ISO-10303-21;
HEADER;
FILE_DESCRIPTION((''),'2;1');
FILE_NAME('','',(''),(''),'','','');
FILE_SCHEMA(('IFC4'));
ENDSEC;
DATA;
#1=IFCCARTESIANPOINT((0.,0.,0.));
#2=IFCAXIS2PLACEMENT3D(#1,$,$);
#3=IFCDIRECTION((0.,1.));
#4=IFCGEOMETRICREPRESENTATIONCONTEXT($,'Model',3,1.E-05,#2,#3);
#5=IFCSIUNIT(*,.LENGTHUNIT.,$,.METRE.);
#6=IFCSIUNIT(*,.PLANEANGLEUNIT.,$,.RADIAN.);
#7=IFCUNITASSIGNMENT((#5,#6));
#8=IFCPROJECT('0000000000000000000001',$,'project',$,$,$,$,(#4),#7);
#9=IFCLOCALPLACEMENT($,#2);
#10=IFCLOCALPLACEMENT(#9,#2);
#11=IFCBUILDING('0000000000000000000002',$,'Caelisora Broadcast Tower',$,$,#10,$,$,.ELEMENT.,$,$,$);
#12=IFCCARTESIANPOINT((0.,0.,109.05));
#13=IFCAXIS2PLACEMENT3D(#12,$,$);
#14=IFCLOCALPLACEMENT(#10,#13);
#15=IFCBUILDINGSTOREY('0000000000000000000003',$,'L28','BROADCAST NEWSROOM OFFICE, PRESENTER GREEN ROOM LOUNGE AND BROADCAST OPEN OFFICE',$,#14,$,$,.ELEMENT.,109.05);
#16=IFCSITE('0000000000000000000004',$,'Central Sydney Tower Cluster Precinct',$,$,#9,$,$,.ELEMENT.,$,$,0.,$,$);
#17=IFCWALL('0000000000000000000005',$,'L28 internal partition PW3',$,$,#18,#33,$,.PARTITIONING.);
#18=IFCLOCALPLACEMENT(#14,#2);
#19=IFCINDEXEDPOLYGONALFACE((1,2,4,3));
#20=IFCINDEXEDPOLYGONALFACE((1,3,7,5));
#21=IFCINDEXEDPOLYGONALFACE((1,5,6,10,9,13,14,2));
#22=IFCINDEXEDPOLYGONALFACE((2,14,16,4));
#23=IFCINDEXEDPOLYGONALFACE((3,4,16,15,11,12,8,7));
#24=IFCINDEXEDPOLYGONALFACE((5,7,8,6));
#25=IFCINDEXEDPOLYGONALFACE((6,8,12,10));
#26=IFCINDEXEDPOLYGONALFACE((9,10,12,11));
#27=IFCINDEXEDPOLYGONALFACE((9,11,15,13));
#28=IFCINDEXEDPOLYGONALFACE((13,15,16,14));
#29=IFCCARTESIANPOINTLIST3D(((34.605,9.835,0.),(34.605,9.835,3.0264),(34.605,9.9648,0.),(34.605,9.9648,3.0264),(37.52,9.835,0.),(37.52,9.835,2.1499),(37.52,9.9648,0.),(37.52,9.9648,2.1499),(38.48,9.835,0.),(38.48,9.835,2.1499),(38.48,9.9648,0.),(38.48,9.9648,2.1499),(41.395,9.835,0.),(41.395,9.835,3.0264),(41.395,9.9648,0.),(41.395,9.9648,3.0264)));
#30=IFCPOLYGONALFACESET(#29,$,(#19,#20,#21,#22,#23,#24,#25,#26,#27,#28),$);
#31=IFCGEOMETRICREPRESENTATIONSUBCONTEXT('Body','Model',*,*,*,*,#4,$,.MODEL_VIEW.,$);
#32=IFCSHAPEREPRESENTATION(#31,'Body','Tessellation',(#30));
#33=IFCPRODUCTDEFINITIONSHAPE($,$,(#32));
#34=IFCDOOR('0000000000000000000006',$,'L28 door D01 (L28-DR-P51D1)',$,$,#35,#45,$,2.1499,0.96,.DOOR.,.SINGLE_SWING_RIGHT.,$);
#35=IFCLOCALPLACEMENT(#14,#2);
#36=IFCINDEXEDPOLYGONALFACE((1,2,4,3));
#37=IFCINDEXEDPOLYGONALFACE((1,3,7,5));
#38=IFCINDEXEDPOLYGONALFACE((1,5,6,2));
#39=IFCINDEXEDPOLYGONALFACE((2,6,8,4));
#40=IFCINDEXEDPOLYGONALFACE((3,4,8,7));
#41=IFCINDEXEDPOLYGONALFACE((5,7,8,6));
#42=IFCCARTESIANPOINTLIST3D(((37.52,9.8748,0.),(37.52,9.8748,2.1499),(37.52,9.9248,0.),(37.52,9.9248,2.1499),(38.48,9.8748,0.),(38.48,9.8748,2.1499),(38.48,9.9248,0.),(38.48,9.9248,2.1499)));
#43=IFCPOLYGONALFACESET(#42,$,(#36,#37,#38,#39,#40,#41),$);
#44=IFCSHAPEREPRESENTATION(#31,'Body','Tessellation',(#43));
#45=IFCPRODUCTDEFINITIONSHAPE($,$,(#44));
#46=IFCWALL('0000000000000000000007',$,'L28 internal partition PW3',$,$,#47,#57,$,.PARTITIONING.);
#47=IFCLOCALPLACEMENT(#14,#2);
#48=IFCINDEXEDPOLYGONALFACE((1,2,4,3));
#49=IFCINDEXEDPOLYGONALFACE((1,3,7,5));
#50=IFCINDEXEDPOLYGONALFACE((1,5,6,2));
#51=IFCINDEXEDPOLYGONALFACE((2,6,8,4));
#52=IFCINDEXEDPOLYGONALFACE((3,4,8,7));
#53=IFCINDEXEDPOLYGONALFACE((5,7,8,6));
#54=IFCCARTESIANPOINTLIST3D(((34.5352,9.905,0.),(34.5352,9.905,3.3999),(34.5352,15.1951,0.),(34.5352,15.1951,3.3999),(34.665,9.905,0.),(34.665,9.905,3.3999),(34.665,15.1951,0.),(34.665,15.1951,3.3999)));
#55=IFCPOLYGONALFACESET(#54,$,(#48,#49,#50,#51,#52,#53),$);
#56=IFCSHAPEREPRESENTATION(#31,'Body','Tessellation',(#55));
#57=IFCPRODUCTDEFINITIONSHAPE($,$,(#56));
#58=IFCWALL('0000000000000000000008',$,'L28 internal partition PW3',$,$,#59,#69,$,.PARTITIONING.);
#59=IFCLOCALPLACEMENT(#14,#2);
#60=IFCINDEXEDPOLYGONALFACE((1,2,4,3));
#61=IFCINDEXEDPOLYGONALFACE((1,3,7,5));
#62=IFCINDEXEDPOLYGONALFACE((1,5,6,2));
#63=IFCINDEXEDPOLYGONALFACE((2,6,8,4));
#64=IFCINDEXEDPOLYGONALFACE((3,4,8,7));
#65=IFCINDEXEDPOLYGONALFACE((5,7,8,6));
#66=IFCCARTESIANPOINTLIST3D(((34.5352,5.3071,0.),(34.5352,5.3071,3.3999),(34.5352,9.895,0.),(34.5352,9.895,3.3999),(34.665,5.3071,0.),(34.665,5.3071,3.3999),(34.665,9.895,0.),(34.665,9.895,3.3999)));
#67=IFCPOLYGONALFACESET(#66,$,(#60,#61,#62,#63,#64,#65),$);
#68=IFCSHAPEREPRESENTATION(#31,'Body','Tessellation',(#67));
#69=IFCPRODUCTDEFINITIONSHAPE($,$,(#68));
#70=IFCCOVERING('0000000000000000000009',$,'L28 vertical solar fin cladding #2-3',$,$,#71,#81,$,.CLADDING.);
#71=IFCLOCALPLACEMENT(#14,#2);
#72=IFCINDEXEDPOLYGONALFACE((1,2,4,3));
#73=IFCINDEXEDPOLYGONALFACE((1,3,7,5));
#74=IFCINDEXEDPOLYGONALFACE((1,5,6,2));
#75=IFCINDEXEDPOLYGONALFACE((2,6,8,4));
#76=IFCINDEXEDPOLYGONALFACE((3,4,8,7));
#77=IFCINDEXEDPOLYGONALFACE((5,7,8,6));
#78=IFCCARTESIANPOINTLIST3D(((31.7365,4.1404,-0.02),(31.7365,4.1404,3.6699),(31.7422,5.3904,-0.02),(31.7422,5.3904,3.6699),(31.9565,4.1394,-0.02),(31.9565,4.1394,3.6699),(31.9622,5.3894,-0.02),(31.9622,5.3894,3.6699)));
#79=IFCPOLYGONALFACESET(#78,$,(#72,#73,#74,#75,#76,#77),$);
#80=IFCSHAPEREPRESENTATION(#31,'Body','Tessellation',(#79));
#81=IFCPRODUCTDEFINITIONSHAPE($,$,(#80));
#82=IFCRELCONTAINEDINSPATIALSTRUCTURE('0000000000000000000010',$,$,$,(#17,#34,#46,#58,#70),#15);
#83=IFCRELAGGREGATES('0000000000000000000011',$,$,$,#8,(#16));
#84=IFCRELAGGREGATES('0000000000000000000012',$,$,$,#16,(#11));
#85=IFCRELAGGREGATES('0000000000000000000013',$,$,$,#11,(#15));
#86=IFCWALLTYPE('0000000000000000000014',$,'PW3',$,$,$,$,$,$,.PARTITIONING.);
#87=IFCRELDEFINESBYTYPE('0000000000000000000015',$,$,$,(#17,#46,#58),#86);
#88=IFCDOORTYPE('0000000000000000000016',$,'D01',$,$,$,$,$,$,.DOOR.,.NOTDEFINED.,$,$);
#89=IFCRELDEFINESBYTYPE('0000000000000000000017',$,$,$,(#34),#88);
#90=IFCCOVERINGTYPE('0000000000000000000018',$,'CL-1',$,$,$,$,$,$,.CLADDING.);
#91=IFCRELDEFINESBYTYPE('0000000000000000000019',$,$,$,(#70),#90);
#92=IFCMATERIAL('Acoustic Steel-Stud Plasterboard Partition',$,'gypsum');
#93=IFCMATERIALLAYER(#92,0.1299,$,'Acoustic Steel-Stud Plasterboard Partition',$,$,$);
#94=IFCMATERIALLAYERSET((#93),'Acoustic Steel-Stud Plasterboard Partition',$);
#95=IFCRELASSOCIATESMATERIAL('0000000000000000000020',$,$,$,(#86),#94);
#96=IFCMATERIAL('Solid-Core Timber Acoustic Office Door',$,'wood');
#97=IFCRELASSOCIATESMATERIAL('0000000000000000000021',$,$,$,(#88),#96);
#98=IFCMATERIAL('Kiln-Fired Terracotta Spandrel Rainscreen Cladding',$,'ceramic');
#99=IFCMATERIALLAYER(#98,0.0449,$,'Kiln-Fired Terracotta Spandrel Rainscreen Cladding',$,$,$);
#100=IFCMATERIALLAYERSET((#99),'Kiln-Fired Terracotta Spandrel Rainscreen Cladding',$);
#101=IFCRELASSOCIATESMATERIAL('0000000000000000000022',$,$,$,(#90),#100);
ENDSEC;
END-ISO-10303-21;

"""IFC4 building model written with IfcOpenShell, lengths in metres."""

from ifc_helpers import new_model, si_unit, direction, frame, frame_2d, origin, origin_2d, place, context, subcontext, project, spatial, rectangle, extrude, source, transform, mapped, material, layer, layer_set, type_object, type_shapes, element, fill, save


model = new_model("IFC4")

# Units and contexts
model_context = context("Model", 3, precision=1e-05, world=origin(), true_north=direction((0.0, 1.0)))
body_context = subcontext(model_context, "Body", "Model", "MODEL_VIEW")
ifc_project = project(units=[si_unit("LENGTHUNIT", "METRE"), si_unit("PLANEANGLEUNIT", "RADIAN")], contexts=[model_context])

# Site, building, storey
site_placement = place(None, origin())
site = spatial("IfcSite", under=ifc_project, at=site_placement, Name="Central Sydney Tower Cluster Precinct", CompositionType="ELEMENT", RefElevation=0.0)
building_placement = place(site_placement, origin())
building = spatial("IfcBuilding", under=site, at=building_placement, Name="Caelisora Broadcast Tower", CompositionType="ELEMENT")
storey_placement = place(building_placement, frame((0.0, 0.0, 109.05)))
storey = spatial("IfcBuildingStorey", under=building, at=storey_placement, Name="L28", Description="BROADCAST NEWSROOM OFFICE, PRESENTER GREEN ROOM LOUNGE AND BROADCAST OPEN OFFICE", CompositionType="ELEMENT", Elevation=109.05)

# Wall, opening, door
ifc_material_1 = material(Name="Acoustic Steel-Stud Plasterboard Partition", Category="gypsum")
ifc_layer_1 = layer(ifc_material_1, 0.1299, Name="Acoustic Steel-Stud Plasterboard Partition")
ifc_layer_set_1 = layer_set([ifc_layer_1], Name="Acoustic Steel-Stud Plasterboard Partition")
wall_type = type_object("IfcWallType", Name="PW3", PredefinedType="PARTITIONING", material=ifc_layer_set_1)
wall_1_placement = place(storey_placement, frame((34.605, 9.8999, 0.0), z_axis=(0.0, 0.0, 1.0), x_axis=(1.0, 0.0, 0.0)))
wall_1 = element("IfcWall", 1, at=wall_1_placement, inside=storey, type_object=wall_type, Name="L28 internal partition PW3", PredefinedType="PARTITIONING", context=body_context, shape_type="SweptSolid", body=[
    extrude(rectangle(XDim=6.79, YDim=0.1299, at=frame_2d((3.395, 0.0))), origin(), (0.0, 0.0, 1.0), 3.0264),
])
opening_placement = place(wall_1_placement, frame((2.915, 0.0, 0.0)))
opening = element("IfcOpeningElement", 2, at=opening_placement, cuts=wall_1, PredefinedType="OPENING", context=body_context, shape_type="SweptSolid", body=[
    extrude(rectangle(XDim=0.96, YDim=2.1499, at=frame_2d((0.48, 1.075))), frame((0.0, 0.0769, 0.0), z_axis=(0.0, -1.0, 0.0), x_axis=(1.0, 0.0, 0.0)), (0.0, 0.0, 1.0), 0.1538),
])
ifc_material_2 = material(Name="Solid-Core Timber Acoustic Office Door", Category="wood")
door_type = type_object("IfcDoorType", Name="D01", OperationType="NOTDEFINED", PredefinedType="DOOR", material=ifc_material_2)
door_placement = place(opening_placement, origin())
door = element("IfcDoor", 3, at=door_placement, inside=storey, type_object=door_type, Name="L28 door D01 (L28-DR-P51D1)", OperationType="SINGLE_SWING_RIGHT", OverallHeight=2.1499, OverallWidth=0.96, PredefinedType="DOOR", context=body_context, shape_type="SweptSolid", body=[
    extrude(rectangle(XDim=0.96, YDim=2.1499, at=frame_2d((0.48, 1.075))), frame((0.0, 0.0249, 0.0), z_axis=(0.0, -1.0, 0.0), x_axis=(1.0, 0.0, 0.0)), (0.0, 0.0, 1.0), 0.05),
])
fill(opening, door)

# Walls
wall_2_placement = place(storey_placement, frame((34.6001, 9.905, 0.0), z_axis=(0.0, 0.0, 1.0), x_axis=(0.0, 1.0, 0.0)))
element("IfcWall", 4, at=wall_2_placement, inside=storey, type_object=wall_type, Name="L28 internal partition PW3", PredefinedType="PARTITIONING", context=body_context, shape_type="SweptSolid", body=[
    extrude(rectangle(XDim=5.29, YDim=0.1299, at=frame_2d((2.645, 0.0))), origin(), (0.0, 0.0, 1.0), 3.3999),
])
wall_3_placement = place(storey_placement, frame((34.6001, 5.3071, 0.0), z_axis=(0.0, 0.0, 1.0), x_axis=(0.0, 1.0, 0.0)))
element("IfcWall", 5, at=wall_3_placement, inside=storey, type_object=wall_type, Name="L28 internal partition PW3", PredefinedType="PARTITIONING", context=body_context, shape_type="SweptSolid", body=[
    extrude(rectangle(XDim=4.5879, YDim=0.1299, at=frame_2d((2.2939, 0.0))), origin(), (0.0, 0.0, 1.0), 3.3999),
])

# Covering
ifc_material_3 = material(Name="Kiln-Fired Terracotta Spandrel Rainscreen Cladding", Category="ceramic")
ifc_layer_2 = layer(ifc_material_3, 0.0449, Name="Kiln-Fired Terracotta Spandrel Rainscreen Cladding")
ifc_layer_set_2 = layer_set([ifc_layer_2], Name="Kiln-Fired Terracotta Spandrel Rainscreen Cladding")
covering_type = type_object("IfcCoveringType", Name="CL-1", PredefinedType="CLADDING", material=ifc_layer_set_2)
shared_shape_1 = source(origin(), body_context, "Body", "SweptSolid", [
    extrude(rectangle(XDim=0.22, YDim=1.25, at=origin_2d()), origin(), (0.0, 0.0, 1.0), 3.6899),
])
type_shapes(covering_type, [shared_shape_1])
covering_placement = place(storey_placement, frame((31.8494, 4.7649, -0.02), z_axis=(0.0, 0.0, 1.0), x_axis=(-0.99999, 0.004538, 0.0)))
element("IfcCovering", 6, at=covering_placement, inside=storey, type_object=covering_type, Name="L28 vertical solar fin cladding #2-3", PredefinedType="CLADDING", context=body_context, shape_type="MappedRepresentation", body=[
    mapped(shared_shape_1, transform((0.0, 0.0, 0.0), scale=1.0)),
])

save(model, "model.ifc")
